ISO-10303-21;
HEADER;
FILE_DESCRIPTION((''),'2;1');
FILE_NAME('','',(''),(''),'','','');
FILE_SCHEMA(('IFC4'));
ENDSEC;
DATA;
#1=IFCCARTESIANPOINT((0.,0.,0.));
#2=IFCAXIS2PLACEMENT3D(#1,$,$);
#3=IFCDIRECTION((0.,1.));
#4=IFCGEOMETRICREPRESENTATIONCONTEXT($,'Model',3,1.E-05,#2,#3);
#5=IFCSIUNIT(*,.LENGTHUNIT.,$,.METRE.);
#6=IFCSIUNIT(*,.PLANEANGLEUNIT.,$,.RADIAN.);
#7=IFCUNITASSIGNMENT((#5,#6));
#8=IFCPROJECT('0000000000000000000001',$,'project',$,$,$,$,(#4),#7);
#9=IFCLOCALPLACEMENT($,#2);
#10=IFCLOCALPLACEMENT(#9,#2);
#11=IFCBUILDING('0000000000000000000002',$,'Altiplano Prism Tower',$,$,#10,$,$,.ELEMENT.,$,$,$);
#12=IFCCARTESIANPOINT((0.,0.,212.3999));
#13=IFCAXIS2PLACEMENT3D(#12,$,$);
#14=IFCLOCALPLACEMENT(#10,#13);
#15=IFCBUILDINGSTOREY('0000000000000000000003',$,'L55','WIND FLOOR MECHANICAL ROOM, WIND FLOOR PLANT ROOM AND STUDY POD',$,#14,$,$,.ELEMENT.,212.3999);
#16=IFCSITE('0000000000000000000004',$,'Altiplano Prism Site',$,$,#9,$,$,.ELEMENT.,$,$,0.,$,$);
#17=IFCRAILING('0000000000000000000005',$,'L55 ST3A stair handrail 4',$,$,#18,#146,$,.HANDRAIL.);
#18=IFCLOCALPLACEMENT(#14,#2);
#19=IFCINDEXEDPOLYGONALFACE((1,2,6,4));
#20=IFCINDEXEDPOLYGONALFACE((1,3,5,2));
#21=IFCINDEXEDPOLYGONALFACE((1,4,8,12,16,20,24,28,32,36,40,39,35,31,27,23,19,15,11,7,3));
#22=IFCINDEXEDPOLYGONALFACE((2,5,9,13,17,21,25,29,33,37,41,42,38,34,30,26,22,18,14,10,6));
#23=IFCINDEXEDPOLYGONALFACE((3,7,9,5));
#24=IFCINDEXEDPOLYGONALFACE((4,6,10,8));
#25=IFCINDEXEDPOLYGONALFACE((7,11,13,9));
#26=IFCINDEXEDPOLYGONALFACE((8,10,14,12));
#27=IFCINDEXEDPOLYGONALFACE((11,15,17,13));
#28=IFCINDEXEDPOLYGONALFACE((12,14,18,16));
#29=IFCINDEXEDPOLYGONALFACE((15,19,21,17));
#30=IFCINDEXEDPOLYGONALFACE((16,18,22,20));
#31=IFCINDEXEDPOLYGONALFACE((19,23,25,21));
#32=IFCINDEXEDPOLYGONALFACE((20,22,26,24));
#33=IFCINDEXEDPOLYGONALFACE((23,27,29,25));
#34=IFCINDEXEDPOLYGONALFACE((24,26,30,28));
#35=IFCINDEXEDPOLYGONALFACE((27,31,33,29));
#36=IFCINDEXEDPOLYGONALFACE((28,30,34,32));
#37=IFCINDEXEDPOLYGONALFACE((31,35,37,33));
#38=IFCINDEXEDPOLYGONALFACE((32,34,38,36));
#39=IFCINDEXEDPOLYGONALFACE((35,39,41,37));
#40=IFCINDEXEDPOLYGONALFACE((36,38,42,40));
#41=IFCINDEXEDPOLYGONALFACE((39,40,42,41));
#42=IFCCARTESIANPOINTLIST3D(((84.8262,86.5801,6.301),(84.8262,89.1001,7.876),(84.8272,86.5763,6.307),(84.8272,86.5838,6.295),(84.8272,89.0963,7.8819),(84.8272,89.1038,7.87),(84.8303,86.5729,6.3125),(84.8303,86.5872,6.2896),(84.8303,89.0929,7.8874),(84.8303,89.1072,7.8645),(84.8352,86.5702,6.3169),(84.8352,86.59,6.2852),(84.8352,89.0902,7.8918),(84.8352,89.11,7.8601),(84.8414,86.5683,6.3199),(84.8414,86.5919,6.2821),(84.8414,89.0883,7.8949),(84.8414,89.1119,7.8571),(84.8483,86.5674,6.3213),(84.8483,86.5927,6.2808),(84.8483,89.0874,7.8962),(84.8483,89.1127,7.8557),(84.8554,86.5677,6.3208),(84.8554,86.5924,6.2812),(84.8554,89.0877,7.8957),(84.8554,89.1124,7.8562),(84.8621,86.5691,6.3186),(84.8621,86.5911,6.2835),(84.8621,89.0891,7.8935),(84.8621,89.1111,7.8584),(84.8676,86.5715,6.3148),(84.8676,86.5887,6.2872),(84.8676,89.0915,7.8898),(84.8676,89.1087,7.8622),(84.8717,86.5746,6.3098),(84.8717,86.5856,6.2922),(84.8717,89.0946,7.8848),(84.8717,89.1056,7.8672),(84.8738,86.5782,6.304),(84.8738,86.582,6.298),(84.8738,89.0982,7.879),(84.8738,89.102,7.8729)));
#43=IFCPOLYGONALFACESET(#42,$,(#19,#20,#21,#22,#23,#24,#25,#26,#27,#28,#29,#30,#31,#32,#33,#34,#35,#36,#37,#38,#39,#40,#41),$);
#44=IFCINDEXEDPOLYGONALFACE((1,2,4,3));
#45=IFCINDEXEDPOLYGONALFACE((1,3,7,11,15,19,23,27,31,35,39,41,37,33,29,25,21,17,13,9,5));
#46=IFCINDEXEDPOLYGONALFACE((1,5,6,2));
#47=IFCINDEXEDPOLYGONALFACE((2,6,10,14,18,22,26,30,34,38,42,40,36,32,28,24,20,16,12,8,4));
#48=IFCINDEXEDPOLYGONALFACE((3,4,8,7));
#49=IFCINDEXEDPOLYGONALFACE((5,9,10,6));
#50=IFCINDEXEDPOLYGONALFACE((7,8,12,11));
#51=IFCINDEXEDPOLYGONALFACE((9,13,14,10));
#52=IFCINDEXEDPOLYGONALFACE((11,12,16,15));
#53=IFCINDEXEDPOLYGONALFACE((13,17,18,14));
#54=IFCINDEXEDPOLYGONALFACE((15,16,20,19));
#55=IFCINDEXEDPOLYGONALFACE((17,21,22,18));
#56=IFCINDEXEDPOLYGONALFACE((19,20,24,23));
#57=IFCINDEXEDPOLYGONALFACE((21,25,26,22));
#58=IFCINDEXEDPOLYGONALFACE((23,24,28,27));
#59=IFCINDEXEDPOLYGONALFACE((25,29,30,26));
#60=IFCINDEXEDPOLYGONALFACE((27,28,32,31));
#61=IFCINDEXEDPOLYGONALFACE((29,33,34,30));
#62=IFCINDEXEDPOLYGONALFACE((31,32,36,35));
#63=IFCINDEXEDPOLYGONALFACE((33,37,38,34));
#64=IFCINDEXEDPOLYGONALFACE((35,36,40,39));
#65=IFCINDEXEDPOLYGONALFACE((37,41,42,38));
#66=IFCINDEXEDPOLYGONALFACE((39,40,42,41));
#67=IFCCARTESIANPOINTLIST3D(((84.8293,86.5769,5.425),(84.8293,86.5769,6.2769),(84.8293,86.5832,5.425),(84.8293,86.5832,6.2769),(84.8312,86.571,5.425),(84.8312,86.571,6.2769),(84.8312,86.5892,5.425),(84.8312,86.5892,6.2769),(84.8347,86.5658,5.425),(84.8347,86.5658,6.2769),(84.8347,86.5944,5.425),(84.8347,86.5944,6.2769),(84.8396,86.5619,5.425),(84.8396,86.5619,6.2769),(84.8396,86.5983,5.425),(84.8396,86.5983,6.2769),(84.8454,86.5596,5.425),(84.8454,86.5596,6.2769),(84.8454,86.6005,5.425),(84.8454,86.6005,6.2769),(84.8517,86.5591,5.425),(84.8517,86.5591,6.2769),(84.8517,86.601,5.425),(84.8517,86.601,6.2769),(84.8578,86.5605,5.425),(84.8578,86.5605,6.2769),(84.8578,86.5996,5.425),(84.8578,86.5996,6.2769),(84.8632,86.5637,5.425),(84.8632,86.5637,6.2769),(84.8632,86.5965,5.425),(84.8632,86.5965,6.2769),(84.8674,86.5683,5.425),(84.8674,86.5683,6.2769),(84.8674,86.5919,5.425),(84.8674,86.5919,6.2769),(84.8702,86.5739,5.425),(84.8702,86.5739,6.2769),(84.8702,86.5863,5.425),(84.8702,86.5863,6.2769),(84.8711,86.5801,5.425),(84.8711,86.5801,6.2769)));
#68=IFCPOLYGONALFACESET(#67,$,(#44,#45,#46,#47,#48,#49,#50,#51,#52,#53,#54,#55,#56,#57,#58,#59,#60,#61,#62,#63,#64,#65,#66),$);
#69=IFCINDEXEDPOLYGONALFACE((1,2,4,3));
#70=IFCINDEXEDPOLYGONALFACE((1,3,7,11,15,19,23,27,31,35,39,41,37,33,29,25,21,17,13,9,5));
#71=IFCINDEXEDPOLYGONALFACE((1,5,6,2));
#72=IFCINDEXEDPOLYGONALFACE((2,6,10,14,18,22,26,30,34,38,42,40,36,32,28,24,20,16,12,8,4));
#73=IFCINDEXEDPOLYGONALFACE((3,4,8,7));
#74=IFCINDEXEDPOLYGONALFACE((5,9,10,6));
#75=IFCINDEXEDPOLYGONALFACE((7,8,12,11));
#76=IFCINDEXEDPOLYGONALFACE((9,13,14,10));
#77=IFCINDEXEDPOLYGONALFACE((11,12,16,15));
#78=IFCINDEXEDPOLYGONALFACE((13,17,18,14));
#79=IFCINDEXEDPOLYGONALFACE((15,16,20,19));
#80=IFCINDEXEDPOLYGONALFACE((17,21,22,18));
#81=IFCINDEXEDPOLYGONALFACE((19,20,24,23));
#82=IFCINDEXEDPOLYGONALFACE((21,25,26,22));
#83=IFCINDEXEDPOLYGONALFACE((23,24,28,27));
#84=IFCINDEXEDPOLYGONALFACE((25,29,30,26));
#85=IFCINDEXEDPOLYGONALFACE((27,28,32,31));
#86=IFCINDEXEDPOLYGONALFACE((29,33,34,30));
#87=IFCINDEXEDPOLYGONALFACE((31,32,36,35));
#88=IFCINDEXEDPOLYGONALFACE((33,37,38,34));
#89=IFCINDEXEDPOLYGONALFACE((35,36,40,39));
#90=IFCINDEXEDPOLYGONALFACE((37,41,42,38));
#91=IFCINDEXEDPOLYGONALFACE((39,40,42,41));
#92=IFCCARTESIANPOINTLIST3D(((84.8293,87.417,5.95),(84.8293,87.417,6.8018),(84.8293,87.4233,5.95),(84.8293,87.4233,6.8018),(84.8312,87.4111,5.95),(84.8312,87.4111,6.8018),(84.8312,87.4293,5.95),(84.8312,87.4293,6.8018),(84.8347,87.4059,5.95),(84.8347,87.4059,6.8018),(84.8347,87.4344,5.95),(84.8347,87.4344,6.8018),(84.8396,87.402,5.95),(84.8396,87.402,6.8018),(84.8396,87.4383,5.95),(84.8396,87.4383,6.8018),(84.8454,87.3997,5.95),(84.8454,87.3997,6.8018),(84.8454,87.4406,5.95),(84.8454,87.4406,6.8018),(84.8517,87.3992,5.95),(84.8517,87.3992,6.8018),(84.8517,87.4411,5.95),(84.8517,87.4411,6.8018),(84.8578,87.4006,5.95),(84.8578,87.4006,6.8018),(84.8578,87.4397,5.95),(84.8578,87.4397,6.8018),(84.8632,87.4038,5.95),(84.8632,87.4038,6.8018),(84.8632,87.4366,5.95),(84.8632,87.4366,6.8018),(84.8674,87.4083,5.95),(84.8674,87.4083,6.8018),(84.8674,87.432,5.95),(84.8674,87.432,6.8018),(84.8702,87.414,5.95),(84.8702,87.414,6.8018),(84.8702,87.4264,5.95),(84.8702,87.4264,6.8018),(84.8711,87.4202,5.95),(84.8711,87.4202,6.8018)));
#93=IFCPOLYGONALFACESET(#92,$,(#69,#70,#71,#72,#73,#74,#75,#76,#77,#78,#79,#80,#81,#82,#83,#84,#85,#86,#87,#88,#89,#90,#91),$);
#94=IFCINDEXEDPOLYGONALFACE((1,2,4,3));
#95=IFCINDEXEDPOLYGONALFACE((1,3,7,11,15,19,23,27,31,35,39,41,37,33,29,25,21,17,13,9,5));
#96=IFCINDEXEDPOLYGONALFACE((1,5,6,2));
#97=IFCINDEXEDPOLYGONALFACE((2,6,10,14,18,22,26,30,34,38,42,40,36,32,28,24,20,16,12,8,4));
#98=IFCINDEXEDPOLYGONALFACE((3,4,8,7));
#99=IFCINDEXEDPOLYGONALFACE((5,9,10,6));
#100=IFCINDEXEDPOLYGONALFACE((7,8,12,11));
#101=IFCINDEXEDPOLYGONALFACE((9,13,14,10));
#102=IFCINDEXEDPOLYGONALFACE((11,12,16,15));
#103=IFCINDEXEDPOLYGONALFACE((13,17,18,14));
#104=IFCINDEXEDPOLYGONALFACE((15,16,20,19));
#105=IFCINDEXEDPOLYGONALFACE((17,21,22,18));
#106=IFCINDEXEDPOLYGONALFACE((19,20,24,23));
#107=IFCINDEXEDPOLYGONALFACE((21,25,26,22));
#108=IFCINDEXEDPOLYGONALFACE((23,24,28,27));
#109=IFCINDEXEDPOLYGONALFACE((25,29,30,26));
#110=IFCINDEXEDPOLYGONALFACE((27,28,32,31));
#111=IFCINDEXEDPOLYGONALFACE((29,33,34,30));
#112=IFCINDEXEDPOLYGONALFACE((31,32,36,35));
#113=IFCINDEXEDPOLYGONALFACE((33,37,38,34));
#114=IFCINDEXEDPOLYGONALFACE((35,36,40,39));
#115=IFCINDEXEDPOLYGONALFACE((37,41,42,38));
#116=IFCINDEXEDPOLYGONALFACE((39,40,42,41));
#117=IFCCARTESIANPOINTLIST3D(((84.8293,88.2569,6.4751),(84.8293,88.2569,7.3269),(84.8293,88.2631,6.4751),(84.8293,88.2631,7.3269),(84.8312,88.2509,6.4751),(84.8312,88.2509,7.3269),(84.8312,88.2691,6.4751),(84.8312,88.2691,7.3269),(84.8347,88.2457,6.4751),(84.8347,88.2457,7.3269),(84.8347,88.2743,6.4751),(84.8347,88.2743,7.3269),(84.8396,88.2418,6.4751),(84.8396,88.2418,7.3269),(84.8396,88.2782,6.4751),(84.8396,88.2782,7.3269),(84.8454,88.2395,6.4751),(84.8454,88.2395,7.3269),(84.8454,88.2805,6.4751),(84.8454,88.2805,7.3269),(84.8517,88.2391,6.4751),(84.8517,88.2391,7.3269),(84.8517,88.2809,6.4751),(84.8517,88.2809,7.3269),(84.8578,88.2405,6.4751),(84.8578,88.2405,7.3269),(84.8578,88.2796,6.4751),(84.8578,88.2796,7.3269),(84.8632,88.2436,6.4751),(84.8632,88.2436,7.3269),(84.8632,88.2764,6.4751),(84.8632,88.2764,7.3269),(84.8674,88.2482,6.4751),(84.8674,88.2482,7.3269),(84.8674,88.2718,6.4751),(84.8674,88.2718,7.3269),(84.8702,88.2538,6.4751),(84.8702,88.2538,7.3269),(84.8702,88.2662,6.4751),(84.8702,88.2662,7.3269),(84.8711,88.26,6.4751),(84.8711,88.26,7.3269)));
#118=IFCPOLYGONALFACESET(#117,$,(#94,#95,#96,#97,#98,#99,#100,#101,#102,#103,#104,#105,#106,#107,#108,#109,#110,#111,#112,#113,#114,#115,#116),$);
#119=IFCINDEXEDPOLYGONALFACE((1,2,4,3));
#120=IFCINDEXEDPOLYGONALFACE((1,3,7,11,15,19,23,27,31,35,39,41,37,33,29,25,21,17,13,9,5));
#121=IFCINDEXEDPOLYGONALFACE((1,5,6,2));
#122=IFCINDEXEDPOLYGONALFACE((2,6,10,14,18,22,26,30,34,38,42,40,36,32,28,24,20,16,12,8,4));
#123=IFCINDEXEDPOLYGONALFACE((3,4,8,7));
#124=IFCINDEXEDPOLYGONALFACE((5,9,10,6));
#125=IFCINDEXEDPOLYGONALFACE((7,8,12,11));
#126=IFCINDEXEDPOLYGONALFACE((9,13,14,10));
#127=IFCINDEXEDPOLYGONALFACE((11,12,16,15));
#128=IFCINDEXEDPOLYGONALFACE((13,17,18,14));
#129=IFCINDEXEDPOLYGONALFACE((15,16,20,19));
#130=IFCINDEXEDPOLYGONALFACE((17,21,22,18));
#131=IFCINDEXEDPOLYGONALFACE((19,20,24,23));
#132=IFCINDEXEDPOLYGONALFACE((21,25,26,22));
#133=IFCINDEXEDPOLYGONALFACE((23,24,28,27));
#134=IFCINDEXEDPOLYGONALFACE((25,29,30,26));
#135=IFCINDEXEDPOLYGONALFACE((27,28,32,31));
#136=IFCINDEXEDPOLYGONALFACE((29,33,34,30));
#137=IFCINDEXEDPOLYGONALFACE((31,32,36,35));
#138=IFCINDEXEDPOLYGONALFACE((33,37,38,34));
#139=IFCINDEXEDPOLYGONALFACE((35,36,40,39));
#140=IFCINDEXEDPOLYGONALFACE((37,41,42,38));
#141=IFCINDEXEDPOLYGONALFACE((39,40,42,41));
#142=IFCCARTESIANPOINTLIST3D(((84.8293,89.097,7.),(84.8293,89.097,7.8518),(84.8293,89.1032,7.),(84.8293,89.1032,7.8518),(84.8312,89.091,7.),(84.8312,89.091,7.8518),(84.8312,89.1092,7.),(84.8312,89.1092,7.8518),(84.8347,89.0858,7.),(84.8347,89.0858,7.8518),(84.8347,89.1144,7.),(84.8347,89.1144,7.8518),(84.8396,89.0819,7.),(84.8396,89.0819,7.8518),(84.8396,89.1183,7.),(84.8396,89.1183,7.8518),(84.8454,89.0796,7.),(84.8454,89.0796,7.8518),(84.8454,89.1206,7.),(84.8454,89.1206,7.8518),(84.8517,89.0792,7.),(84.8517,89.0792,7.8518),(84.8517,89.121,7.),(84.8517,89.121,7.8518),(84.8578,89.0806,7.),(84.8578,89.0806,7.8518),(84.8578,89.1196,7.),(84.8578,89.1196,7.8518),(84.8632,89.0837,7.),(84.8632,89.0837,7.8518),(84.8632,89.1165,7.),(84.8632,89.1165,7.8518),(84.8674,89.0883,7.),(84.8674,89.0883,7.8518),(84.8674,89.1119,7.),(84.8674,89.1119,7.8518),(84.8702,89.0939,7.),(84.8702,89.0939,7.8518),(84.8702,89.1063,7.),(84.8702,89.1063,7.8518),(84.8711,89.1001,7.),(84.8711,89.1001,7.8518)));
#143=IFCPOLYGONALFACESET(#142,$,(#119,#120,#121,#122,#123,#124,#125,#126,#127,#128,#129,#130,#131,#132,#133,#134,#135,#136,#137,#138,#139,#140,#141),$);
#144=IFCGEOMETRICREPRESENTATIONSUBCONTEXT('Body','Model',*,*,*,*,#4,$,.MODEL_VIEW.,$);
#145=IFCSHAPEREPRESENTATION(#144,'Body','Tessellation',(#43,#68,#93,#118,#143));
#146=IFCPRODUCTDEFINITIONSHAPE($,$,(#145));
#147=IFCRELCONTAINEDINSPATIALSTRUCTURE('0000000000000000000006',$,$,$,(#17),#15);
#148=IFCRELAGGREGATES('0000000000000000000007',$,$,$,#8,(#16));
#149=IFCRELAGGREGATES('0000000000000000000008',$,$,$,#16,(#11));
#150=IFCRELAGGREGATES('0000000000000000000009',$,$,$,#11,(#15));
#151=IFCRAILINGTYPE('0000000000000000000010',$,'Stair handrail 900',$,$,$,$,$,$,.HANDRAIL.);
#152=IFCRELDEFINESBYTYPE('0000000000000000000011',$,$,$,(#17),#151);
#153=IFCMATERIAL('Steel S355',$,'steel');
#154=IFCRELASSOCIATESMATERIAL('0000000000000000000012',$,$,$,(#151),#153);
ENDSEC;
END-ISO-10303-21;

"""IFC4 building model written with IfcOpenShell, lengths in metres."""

from ifc_helpers import new_model, si_unit, direction, frame, origin, origin_2d, place, context, subcontext, project, spatial, circle, extrude, material, type_object, element, save


model = new_model("IFC4")

# Units and contexts
model_context = context("Model", 3, precision=1e-05, world=origin(), true_north=direction((0.0, 1.0)))
body_context = subcontext(model_context, "Body", "Model", "MODEL_VIEW")
ifc_project = project(units=[si_unit("LENGTHUNIT", "METRE"), si_unit("PLANEANGLEUNIT", "RADIAN")], contexts=[model_context])

# Site, building, storey
site_placement = place(None, origin())
site = spatial("IfcSite", under=ifc_project, at=site_placement, Name="Altiplano Prism Site", CompositionType="ELEMENT", RefElevation=0.0)
building_placement = place(site_placement, origin())
building = spatial("IfcBuilding", under=site, at=building_placement, Name="Altiplano Prism Tower", CompositionType="ELEMENT")
storey_placement = place(building_placement, frame((0.0, 0.0, 212.3999)))
storey = spatial("IfcBuildingStorey", under=building, at=storey_placement, Name="L55", Description="WIND FLOOR MECHANICAL ROOM, WIND FLOOR PLANT ROOM AND STUDY POD", CompositionType="ELEMENT", Elevation=212.3999)

# Shared definitions
ifc_material_1 = material(Name="Steel S355", Category="steel")

# Railing
railing_type_1 = type_object("IfcRailingType", Name="Stair handrail 900", PredefinedType="HANDRAIL", material=ifc_material_1)
for number, where, name in (
    (1, (84.8501, 86.5801, 5.425), "L55 ST3A stair handrail 4"),
):
    element("IfcRailing", number, at=place(storey_placement, frame(where)), inside=storey, type_object=railing_type_1, Name=name, PredefinedType="HANDRAIL", context=body_context, shape_type="SweptSolid", body=[
        extrude(circle(Radius=0.0239, at=origin_2d()), frame((0.0, 0.0, 0.876), z_axis=(0.0, 0.848008, 0.529984), x_axis=(-1.0, 0.0, 0.0)), (0.0, 0.0, 1.0), 2.9717),
        extrude(circle(Radius=0.021, at=origin_2d()), origin(), (0.0, 0.0, 1.0), 0.8518),
        extrude(circle(Radius=0.021, at=origin_2d()), frame((0.0, 0.8401, 0.5249)), (0.0, 0.0, 1.0), 0.8518),
        extrude(circle(Radius=0.021, at=origin_2d()), frame((0.0, 1.6799, 1.05)), (0.0, 0.0, 1.0), 0.8518),
        extrude(circle(Radius=0.021, at=origin_2d()), frame((0.0, 2.52, 1.575)), (0.0, 0.0, 1.0), 0.8518),
    ])

save(model, "model.ifc")
